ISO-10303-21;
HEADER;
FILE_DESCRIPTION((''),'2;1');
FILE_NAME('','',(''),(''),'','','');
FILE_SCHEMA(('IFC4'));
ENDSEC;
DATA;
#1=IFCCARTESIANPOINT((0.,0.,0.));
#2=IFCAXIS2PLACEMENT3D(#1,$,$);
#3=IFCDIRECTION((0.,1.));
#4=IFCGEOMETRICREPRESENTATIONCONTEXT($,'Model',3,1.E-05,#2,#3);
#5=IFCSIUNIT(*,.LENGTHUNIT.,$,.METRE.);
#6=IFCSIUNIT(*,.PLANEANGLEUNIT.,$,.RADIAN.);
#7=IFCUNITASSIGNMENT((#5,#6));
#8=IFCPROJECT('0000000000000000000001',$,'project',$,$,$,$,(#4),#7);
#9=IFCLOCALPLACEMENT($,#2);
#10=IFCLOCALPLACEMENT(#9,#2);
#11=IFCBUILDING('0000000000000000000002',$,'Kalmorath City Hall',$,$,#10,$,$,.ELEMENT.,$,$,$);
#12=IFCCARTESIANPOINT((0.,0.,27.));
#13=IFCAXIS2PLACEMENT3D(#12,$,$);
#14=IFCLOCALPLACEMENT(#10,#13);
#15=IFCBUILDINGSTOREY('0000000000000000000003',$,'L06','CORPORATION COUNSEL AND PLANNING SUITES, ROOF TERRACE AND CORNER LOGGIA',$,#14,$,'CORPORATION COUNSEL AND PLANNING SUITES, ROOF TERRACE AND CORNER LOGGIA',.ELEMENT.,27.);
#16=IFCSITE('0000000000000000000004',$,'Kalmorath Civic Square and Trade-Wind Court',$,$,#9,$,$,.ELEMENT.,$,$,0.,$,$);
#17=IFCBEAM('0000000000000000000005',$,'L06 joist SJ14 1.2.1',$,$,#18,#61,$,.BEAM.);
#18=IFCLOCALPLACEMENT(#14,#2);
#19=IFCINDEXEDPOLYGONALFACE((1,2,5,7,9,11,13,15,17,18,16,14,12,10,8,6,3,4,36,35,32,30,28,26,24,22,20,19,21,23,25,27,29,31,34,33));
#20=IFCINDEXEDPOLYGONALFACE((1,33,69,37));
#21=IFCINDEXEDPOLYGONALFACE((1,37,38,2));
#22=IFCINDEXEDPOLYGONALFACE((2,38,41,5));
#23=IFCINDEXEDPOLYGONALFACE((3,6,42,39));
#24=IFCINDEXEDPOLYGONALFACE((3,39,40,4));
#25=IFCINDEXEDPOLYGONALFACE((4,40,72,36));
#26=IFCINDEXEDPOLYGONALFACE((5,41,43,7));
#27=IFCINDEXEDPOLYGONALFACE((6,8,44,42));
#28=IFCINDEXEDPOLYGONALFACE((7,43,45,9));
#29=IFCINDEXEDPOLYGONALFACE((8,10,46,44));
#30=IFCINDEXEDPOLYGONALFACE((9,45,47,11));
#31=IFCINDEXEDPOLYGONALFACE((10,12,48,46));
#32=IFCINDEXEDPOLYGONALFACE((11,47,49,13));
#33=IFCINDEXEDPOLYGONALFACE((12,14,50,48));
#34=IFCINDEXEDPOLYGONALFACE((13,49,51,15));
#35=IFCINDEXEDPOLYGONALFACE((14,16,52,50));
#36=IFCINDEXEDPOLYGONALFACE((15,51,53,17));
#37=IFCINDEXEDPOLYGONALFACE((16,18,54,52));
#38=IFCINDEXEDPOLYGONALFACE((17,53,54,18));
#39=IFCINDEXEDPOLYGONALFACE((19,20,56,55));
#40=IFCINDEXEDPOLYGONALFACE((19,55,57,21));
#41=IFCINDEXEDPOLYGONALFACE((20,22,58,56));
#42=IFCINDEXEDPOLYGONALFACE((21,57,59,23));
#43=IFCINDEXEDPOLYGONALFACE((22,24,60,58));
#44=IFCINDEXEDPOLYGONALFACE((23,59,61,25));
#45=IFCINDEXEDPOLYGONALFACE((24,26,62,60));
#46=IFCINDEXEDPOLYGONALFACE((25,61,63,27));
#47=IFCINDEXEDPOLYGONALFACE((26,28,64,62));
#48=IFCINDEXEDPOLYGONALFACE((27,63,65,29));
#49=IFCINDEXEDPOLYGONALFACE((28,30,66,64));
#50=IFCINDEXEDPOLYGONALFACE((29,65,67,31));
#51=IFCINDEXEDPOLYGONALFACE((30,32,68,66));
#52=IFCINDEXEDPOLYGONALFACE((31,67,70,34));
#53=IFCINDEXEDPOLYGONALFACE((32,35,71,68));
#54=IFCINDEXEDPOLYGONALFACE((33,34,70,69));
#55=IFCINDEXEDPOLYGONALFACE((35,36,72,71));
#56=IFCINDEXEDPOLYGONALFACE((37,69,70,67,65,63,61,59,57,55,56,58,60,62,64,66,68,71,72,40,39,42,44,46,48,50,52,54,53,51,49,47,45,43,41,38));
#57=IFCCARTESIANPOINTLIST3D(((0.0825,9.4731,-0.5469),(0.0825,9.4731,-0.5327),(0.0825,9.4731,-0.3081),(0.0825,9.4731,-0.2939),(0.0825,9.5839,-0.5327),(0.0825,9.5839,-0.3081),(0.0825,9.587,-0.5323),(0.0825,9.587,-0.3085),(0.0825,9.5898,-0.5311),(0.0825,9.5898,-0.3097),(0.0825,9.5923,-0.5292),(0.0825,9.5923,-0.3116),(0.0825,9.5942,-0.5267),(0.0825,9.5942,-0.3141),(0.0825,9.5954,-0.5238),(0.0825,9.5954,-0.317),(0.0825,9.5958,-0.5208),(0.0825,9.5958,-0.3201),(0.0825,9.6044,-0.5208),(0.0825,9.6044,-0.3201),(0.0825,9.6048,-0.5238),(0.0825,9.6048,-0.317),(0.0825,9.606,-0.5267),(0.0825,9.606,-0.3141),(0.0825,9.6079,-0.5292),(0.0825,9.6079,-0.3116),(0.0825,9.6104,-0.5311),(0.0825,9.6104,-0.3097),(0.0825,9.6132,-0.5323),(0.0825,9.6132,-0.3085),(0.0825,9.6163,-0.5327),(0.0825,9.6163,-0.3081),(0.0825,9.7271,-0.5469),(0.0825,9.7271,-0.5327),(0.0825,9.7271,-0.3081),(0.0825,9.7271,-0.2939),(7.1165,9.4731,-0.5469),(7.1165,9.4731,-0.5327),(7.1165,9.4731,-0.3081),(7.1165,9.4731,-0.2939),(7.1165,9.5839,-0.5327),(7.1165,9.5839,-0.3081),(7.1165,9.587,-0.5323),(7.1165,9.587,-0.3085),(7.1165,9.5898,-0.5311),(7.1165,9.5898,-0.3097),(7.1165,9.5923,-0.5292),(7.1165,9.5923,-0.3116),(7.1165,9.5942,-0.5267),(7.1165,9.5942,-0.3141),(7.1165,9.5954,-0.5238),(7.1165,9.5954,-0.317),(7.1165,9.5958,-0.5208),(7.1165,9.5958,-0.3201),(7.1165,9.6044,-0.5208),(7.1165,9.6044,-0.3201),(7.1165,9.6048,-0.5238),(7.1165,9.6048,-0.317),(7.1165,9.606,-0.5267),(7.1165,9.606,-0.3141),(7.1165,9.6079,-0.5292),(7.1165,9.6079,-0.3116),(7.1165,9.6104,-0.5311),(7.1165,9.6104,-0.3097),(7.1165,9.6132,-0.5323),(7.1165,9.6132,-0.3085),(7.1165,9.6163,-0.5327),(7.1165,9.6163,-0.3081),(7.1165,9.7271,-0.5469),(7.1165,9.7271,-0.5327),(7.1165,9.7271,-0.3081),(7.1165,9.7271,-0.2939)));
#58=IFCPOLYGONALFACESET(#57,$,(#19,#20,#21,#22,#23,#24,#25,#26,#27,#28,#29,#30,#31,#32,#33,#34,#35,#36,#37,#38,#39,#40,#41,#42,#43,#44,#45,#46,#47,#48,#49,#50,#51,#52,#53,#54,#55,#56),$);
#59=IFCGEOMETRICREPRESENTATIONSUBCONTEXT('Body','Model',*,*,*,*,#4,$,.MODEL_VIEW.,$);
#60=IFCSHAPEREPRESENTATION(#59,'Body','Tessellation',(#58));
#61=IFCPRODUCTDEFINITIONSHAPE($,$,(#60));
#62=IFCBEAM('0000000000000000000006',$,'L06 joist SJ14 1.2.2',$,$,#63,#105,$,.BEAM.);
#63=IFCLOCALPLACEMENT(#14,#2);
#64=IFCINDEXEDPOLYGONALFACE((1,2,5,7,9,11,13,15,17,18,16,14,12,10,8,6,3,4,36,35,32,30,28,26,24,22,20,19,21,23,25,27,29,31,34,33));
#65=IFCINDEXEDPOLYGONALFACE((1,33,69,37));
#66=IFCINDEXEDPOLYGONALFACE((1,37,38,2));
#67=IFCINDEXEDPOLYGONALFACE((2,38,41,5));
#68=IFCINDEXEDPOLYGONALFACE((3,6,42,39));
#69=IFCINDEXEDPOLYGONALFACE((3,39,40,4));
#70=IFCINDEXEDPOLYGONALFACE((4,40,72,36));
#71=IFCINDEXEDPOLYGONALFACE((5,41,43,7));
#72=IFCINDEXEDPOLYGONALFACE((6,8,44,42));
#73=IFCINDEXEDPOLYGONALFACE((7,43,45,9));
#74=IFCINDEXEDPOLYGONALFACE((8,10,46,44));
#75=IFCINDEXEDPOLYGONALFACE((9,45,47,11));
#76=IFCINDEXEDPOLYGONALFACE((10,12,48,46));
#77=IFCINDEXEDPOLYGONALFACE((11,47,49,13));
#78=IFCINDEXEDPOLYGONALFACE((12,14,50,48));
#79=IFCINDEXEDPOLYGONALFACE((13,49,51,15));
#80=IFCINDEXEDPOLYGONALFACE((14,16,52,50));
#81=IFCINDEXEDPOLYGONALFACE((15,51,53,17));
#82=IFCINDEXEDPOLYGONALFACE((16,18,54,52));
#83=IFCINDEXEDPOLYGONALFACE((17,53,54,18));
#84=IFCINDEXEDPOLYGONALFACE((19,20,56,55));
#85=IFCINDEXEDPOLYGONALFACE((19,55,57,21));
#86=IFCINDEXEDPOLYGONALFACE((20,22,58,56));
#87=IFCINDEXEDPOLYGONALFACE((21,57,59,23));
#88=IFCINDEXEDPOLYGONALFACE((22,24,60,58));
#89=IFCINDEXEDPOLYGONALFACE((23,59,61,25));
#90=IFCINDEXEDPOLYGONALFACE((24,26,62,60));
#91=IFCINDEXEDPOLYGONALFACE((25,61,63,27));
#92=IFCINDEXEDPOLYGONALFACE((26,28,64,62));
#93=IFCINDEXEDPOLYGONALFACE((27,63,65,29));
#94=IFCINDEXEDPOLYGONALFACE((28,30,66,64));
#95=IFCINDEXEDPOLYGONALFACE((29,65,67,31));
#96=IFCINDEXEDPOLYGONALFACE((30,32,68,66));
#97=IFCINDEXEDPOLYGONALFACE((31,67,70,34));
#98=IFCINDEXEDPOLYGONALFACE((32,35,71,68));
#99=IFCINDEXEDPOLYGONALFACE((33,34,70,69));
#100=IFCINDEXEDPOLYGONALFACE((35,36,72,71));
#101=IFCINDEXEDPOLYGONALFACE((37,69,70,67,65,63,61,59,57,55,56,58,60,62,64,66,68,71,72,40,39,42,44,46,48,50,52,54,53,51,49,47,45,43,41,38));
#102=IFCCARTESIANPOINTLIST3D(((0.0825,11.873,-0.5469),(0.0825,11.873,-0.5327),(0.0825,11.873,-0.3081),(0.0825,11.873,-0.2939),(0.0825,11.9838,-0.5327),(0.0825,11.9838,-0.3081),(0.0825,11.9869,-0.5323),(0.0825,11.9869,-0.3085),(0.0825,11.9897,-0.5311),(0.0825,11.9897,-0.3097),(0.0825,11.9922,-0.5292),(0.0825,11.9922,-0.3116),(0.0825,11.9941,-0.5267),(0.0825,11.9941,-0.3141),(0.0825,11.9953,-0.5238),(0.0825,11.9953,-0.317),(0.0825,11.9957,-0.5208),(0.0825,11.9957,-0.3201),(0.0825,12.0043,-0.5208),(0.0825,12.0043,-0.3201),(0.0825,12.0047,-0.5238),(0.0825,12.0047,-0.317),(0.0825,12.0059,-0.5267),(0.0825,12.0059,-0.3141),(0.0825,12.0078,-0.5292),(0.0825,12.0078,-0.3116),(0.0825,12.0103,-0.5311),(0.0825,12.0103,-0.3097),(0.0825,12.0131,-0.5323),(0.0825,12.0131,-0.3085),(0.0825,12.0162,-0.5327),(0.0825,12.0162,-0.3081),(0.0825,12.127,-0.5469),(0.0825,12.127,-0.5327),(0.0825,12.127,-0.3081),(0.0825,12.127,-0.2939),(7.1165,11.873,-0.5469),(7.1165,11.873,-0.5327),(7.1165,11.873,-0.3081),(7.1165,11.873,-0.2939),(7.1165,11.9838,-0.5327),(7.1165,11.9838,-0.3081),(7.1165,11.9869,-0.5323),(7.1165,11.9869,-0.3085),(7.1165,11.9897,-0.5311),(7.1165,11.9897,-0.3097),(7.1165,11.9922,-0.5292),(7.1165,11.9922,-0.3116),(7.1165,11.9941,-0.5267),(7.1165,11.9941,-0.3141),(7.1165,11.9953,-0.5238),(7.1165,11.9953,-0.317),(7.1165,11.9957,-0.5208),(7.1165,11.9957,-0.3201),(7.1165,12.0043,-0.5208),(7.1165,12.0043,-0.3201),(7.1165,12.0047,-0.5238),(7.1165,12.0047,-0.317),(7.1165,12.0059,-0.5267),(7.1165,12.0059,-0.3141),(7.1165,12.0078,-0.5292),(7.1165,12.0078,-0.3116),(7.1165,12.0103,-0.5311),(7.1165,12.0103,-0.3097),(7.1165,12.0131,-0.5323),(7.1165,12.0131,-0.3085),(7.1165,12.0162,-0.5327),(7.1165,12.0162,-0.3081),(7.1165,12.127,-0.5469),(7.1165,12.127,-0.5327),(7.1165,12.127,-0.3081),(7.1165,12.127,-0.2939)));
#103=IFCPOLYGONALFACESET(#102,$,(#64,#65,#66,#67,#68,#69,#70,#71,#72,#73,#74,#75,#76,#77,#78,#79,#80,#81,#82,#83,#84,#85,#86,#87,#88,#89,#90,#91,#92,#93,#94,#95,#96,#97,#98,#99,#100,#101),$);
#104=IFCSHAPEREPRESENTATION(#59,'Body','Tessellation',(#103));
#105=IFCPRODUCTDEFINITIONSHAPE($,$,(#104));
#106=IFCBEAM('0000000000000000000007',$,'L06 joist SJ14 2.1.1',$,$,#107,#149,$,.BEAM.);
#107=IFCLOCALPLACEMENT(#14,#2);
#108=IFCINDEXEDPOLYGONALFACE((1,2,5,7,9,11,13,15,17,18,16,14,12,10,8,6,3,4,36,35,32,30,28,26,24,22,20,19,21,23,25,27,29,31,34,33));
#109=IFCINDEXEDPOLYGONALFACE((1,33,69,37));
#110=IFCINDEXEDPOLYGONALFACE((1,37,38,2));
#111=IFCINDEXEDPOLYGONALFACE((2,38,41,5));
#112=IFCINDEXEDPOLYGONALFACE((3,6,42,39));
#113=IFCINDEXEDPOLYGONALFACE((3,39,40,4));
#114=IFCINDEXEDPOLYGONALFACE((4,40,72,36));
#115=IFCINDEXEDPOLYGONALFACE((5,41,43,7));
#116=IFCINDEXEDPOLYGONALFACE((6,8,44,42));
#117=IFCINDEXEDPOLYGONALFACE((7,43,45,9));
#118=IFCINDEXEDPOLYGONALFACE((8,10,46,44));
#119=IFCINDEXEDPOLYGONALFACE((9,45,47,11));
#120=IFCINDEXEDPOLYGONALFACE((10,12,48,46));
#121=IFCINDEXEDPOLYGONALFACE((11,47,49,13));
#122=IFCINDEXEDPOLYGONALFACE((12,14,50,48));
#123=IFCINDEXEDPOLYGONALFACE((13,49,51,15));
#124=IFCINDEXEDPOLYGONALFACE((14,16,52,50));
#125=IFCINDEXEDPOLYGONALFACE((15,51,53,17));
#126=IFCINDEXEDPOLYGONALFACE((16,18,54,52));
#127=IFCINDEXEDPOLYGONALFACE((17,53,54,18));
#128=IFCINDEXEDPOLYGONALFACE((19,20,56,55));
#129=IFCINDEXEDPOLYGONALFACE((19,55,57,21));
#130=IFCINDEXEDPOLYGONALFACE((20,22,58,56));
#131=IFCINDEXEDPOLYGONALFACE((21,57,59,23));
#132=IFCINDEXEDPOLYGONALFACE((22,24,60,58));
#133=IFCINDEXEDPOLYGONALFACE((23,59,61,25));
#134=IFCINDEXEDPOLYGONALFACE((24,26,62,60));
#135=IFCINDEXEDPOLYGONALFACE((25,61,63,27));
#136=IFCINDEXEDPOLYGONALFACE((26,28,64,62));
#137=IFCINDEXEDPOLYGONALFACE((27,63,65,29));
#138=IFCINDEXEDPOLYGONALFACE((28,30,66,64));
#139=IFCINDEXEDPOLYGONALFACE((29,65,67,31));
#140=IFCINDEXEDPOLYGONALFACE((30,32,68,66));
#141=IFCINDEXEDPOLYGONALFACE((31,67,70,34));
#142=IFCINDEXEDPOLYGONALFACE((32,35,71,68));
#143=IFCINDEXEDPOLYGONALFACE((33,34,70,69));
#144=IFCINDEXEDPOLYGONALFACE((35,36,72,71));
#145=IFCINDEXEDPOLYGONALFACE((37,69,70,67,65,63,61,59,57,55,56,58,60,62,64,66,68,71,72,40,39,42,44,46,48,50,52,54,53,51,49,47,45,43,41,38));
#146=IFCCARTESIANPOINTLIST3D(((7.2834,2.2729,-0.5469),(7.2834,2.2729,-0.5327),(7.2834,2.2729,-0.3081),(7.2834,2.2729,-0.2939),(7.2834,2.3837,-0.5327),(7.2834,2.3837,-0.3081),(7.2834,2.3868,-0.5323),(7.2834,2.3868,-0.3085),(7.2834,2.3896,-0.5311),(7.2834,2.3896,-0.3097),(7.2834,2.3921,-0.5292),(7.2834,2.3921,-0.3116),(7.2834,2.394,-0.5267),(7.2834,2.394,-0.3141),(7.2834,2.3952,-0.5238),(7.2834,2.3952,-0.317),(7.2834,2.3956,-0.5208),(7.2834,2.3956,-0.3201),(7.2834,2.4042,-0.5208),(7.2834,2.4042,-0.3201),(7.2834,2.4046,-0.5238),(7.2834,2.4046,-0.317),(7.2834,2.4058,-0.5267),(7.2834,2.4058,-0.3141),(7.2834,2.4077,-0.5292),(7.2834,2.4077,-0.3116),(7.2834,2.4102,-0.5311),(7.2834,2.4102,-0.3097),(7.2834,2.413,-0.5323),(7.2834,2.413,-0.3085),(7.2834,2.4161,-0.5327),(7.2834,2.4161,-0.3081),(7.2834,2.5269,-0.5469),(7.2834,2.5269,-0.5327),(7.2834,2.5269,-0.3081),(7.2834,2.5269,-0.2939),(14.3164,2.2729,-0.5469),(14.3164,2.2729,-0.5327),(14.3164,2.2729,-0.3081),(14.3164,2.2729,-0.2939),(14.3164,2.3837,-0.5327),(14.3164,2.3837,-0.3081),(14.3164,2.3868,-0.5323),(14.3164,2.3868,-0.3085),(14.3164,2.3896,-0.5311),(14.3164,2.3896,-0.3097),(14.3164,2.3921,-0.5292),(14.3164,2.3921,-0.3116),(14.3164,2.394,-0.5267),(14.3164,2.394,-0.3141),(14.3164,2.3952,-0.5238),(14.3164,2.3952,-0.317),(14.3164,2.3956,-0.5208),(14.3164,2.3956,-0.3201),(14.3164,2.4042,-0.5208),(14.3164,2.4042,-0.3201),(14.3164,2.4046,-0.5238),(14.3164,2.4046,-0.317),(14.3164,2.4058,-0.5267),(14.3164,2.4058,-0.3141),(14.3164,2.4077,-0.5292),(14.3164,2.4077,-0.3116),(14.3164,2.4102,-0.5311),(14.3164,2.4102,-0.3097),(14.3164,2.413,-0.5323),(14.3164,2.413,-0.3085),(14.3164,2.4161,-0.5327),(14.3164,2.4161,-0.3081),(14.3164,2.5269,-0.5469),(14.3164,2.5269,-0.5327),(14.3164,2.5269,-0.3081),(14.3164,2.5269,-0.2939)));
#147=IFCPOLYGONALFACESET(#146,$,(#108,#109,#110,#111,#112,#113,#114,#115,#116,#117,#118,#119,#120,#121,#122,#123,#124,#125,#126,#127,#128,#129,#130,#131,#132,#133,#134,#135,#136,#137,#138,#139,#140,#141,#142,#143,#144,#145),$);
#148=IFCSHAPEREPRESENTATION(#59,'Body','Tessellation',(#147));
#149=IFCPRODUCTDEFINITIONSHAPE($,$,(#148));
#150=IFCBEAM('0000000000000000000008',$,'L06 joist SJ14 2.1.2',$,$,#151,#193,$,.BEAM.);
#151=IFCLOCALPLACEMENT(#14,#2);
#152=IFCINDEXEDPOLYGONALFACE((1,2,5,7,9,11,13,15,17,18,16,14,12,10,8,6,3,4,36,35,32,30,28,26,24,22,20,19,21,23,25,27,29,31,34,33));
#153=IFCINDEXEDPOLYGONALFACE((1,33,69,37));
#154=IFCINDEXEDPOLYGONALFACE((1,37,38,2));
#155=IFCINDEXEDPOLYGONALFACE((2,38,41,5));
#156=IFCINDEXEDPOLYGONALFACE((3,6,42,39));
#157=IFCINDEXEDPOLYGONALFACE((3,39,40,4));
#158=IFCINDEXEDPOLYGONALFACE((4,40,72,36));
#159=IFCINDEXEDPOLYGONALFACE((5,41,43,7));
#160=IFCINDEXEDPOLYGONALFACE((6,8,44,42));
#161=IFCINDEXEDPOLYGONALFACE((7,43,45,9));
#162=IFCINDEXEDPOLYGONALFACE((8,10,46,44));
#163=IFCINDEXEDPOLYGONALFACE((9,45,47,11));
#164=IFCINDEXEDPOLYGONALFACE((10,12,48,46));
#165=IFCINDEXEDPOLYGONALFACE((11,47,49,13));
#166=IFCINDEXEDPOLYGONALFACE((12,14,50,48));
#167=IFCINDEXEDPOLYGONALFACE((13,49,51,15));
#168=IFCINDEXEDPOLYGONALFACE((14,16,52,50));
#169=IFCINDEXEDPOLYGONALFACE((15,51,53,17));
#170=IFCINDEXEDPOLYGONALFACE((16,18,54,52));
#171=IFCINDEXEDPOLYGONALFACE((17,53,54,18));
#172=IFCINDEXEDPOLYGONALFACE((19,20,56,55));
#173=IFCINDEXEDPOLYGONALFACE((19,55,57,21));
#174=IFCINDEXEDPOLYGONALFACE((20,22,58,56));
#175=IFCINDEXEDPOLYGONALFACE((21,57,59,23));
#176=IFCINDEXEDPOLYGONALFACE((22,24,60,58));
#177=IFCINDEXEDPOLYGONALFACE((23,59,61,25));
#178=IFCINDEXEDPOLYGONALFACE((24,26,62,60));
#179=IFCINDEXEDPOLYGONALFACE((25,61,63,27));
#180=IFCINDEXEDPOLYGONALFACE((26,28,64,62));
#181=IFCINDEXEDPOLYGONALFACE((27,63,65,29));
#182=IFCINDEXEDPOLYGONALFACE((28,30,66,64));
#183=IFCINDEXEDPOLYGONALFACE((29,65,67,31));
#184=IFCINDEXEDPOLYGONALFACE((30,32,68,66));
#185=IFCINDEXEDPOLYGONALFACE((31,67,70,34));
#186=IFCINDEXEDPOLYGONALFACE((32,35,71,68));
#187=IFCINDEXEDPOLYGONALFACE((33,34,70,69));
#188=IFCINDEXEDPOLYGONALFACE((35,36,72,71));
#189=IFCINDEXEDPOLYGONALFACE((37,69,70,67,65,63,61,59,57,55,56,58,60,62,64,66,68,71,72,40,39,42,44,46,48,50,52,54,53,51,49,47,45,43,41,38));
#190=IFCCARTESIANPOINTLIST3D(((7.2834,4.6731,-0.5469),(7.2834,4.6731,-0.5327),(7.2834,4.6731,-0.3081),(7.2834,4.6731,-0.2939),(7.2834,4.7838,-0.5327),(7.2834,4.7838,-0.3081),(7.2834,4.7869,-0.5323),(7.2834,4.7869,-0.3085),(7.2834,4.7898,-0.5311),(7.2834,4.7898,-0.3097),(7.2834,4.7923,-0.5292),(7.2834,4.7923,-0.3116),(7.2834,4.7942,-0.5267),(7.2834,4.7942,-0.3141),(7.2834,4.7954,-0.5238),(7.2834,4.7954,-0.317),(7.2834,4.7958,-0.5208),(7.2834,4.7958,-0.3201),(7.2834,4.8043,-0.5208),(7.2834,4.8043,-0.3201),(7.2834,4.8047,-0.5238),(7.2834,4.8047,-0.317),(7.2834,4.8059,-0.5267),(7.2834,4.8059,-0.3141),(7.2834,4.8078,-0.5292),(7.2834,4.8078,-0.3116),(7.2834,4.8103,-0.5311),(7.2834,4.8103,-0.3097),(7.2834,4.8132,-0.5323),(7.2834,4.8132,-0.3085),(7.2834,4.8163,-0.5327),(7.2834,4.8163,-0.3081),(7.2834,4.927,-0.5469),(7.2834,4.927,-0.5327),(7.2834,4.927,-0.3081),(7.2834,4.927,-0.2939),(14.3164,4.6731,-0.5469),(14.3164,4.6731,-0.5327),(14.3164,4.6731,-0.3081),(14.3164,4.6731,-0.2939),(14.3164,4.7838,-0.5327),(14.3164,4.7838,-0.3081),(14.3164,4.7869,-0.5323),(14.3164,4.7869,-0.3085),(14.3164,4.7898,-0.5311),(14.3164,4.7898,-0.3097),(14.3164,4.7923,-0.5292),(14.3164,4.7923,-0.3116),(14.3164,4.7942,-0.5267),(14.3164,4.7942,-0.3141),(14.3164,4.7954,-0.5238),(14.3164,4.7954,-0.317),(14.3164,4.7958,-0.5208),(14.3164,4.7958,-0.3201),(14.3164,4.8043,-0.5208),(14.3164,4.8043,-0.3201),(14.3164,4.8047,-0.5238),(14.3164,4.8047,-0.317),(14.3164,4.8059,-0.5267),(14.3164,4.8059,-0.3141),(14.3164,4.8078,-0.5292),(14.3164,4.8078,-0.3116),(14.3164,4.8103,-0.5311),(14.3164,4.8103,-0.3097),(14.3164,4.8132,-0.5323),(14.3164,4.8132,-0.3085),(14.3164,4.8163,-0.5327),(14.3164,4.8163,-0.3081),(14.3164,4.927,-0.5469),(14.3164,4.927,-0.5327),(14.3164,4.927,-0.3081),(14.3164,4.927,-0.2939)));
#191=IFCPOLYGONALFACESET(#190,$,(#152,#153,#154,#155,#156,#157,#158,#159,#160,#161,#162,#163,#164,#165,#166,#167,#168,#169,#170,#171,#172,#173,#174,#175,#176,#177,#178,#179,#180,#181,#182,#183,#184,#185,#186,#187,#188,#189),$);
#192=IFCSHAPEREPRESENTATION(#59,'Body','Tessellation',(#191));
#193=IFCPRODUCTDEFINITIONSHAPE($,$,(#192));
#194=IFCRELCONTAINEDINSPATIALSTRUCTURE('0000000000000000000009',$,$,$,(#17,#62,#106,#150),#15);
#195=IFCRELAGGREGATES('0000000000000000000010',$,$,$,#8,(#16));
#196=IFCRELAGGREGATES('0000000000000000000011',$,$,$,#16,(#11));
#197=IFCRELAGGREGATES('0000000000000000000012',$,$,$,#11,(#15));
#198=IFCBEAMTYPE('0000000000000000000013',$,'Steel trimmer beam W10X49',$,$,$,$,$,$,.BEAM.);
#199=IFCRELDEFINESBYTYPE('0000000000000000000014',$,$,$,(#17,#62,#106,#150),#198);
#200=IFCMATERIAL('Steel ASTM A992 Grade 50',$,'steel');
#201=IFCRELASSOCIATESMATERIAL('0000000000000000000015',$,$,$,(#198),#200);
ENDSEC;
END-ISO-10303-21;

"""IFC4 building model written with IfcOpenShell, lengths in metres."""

from ifc_helpers import new_model, si_unit, direction, frame, origin, origin_2d, place, context, subcontext, project, spatial, i_section, extrude, material, material_profile, profile_set, type_object, element, save


model = new_model("IFC4")

# Units and contexts
model_context = context("Model", 3, precision=1e-05, world=origin(), true_north=direction((0.0, 1.0)))
body_context = subcontext(model_context, "Body", "Model", "MODEL_VIEW")
ifc_project = project(units=[si_unit("LENGTHUNIT", "METRE"), si_unit("PLANEANGLEUNIT", "RADIAN")], contexts=[model_context])

# Site, building, storey
site_placement = place(None, origin())
site = spatial("IfcSite", under=ifc_project, at=site_placement, Name="Kalmorath Civic Square and Trade-Wind Court", CompositionType="ELEMENT", RefElevation=0.0)
building_placement = place(site_placement, origin())
building = spatial("IfcBuilding", under=site, at=building_placement, Name="Kalmorath City Hall", CompositionType="ELEMENT")
storey_placement = place(building_placement, frame((0.0, 0.0, 27.0)))
storey = spatial("IfcBuildingStorey", under=building, at=storey_placement, Name="L06", Description="CORPORATION COUNSEL AND PLANNING SUITES, ROOF TERRACE AND CORNER LOGGIA", LongName="CORPORATION COUNSEL AND PLANNING SUITES, ROOF TERRACE AND CORNER LOGGIA", CompositionType="ELEMENT", Elevation=27.0)

# Beams
ifc_material_1 = material(Name="Steel ASTM A992 Grade 50", Category="steel")
ifc_material_profile_1 = material_profile(ifc_material_1, i_section(OverallWidth=0.2539, OverallDepth=0.2529, WebThickness=0.0085, FlangeThickness=0.0142, FilletRadius=0.012, at=origin_2d()), Name="W10X49")
ifc_profile_set_1 = profile_set([ifc_material_profile_1], Name="Steel ASTM A992 Grade 50")
beam_type_1 = type_object("IfcBeamType", Name="Steel trimmer beam W10X49", PredefinedType="BEAM", material=ifc_profile_set_1)
for number, where, z_axis, x_axis, name in (
    (1, (0.0825, 9.6001, -0.4204), (1.0, 0.0, 0.0), (0.0, 1.0, 0.0), "L06 joist SJ14 1.2.1"),
    (2, (0.0825, 12.0, -0.4204), (1.0, 0.0, 0.0), (0.0, 1.0, 0.0), "L06 joist SJ14 1.2.2"),
):
    element("IfcBeam", number, at=place(storey_placement, frame(where, z_axis=z_axis, x_axis=x_axis)), inside=storey, type_object=beam_type_1, Name=name, PredefinedType="BEAM", context=body_context, shape_type="SweptSolid", body=[
        extrude(i_section(OverallWidth=0.2539, OverallDepth=0.2529, WebThickness=0.0085, FlangeThickness=0.0142, FilletRadius=0.012, at=origin_2d()), origin(), (0.0, 0.0, 1.0), 7.0339),
    ])
for number, where, z_axis, x_axis, name in (
    (3, (7.2834, 2.3999, -0.4204), (1.0, 0.0, 0.0), (0.0, 1.0, 0.0), "L06 joist SJ14 2.1.1"),
    (4, (7.2834, 4.8, -0.4204), (1.0, 0.0, 0.0), (0.0, 1.0, 0.0), "L06 joist SJ14 2.1.2"),
):
    element("IfcBeam", number, at=place(storey_placement, frame(where, z_axis=z_axis, x_axis=x_axis)), inside=storey, type_object=beam_type_1, Name=name, PredefinedType="BEAM", context=body_context, shape_type="SweptSolid", body=[
        extrude(i_section(OverallWidth=0.2539, OverallDepth=0.2529, WebThickness=0.0085, FlangeThickness=0.0142, FilletRadius=0.012, at=origin_2d()), origin(), (0.0, 0.0, 1.0), 7.033),
    ])

save(model, "model.ifc")
